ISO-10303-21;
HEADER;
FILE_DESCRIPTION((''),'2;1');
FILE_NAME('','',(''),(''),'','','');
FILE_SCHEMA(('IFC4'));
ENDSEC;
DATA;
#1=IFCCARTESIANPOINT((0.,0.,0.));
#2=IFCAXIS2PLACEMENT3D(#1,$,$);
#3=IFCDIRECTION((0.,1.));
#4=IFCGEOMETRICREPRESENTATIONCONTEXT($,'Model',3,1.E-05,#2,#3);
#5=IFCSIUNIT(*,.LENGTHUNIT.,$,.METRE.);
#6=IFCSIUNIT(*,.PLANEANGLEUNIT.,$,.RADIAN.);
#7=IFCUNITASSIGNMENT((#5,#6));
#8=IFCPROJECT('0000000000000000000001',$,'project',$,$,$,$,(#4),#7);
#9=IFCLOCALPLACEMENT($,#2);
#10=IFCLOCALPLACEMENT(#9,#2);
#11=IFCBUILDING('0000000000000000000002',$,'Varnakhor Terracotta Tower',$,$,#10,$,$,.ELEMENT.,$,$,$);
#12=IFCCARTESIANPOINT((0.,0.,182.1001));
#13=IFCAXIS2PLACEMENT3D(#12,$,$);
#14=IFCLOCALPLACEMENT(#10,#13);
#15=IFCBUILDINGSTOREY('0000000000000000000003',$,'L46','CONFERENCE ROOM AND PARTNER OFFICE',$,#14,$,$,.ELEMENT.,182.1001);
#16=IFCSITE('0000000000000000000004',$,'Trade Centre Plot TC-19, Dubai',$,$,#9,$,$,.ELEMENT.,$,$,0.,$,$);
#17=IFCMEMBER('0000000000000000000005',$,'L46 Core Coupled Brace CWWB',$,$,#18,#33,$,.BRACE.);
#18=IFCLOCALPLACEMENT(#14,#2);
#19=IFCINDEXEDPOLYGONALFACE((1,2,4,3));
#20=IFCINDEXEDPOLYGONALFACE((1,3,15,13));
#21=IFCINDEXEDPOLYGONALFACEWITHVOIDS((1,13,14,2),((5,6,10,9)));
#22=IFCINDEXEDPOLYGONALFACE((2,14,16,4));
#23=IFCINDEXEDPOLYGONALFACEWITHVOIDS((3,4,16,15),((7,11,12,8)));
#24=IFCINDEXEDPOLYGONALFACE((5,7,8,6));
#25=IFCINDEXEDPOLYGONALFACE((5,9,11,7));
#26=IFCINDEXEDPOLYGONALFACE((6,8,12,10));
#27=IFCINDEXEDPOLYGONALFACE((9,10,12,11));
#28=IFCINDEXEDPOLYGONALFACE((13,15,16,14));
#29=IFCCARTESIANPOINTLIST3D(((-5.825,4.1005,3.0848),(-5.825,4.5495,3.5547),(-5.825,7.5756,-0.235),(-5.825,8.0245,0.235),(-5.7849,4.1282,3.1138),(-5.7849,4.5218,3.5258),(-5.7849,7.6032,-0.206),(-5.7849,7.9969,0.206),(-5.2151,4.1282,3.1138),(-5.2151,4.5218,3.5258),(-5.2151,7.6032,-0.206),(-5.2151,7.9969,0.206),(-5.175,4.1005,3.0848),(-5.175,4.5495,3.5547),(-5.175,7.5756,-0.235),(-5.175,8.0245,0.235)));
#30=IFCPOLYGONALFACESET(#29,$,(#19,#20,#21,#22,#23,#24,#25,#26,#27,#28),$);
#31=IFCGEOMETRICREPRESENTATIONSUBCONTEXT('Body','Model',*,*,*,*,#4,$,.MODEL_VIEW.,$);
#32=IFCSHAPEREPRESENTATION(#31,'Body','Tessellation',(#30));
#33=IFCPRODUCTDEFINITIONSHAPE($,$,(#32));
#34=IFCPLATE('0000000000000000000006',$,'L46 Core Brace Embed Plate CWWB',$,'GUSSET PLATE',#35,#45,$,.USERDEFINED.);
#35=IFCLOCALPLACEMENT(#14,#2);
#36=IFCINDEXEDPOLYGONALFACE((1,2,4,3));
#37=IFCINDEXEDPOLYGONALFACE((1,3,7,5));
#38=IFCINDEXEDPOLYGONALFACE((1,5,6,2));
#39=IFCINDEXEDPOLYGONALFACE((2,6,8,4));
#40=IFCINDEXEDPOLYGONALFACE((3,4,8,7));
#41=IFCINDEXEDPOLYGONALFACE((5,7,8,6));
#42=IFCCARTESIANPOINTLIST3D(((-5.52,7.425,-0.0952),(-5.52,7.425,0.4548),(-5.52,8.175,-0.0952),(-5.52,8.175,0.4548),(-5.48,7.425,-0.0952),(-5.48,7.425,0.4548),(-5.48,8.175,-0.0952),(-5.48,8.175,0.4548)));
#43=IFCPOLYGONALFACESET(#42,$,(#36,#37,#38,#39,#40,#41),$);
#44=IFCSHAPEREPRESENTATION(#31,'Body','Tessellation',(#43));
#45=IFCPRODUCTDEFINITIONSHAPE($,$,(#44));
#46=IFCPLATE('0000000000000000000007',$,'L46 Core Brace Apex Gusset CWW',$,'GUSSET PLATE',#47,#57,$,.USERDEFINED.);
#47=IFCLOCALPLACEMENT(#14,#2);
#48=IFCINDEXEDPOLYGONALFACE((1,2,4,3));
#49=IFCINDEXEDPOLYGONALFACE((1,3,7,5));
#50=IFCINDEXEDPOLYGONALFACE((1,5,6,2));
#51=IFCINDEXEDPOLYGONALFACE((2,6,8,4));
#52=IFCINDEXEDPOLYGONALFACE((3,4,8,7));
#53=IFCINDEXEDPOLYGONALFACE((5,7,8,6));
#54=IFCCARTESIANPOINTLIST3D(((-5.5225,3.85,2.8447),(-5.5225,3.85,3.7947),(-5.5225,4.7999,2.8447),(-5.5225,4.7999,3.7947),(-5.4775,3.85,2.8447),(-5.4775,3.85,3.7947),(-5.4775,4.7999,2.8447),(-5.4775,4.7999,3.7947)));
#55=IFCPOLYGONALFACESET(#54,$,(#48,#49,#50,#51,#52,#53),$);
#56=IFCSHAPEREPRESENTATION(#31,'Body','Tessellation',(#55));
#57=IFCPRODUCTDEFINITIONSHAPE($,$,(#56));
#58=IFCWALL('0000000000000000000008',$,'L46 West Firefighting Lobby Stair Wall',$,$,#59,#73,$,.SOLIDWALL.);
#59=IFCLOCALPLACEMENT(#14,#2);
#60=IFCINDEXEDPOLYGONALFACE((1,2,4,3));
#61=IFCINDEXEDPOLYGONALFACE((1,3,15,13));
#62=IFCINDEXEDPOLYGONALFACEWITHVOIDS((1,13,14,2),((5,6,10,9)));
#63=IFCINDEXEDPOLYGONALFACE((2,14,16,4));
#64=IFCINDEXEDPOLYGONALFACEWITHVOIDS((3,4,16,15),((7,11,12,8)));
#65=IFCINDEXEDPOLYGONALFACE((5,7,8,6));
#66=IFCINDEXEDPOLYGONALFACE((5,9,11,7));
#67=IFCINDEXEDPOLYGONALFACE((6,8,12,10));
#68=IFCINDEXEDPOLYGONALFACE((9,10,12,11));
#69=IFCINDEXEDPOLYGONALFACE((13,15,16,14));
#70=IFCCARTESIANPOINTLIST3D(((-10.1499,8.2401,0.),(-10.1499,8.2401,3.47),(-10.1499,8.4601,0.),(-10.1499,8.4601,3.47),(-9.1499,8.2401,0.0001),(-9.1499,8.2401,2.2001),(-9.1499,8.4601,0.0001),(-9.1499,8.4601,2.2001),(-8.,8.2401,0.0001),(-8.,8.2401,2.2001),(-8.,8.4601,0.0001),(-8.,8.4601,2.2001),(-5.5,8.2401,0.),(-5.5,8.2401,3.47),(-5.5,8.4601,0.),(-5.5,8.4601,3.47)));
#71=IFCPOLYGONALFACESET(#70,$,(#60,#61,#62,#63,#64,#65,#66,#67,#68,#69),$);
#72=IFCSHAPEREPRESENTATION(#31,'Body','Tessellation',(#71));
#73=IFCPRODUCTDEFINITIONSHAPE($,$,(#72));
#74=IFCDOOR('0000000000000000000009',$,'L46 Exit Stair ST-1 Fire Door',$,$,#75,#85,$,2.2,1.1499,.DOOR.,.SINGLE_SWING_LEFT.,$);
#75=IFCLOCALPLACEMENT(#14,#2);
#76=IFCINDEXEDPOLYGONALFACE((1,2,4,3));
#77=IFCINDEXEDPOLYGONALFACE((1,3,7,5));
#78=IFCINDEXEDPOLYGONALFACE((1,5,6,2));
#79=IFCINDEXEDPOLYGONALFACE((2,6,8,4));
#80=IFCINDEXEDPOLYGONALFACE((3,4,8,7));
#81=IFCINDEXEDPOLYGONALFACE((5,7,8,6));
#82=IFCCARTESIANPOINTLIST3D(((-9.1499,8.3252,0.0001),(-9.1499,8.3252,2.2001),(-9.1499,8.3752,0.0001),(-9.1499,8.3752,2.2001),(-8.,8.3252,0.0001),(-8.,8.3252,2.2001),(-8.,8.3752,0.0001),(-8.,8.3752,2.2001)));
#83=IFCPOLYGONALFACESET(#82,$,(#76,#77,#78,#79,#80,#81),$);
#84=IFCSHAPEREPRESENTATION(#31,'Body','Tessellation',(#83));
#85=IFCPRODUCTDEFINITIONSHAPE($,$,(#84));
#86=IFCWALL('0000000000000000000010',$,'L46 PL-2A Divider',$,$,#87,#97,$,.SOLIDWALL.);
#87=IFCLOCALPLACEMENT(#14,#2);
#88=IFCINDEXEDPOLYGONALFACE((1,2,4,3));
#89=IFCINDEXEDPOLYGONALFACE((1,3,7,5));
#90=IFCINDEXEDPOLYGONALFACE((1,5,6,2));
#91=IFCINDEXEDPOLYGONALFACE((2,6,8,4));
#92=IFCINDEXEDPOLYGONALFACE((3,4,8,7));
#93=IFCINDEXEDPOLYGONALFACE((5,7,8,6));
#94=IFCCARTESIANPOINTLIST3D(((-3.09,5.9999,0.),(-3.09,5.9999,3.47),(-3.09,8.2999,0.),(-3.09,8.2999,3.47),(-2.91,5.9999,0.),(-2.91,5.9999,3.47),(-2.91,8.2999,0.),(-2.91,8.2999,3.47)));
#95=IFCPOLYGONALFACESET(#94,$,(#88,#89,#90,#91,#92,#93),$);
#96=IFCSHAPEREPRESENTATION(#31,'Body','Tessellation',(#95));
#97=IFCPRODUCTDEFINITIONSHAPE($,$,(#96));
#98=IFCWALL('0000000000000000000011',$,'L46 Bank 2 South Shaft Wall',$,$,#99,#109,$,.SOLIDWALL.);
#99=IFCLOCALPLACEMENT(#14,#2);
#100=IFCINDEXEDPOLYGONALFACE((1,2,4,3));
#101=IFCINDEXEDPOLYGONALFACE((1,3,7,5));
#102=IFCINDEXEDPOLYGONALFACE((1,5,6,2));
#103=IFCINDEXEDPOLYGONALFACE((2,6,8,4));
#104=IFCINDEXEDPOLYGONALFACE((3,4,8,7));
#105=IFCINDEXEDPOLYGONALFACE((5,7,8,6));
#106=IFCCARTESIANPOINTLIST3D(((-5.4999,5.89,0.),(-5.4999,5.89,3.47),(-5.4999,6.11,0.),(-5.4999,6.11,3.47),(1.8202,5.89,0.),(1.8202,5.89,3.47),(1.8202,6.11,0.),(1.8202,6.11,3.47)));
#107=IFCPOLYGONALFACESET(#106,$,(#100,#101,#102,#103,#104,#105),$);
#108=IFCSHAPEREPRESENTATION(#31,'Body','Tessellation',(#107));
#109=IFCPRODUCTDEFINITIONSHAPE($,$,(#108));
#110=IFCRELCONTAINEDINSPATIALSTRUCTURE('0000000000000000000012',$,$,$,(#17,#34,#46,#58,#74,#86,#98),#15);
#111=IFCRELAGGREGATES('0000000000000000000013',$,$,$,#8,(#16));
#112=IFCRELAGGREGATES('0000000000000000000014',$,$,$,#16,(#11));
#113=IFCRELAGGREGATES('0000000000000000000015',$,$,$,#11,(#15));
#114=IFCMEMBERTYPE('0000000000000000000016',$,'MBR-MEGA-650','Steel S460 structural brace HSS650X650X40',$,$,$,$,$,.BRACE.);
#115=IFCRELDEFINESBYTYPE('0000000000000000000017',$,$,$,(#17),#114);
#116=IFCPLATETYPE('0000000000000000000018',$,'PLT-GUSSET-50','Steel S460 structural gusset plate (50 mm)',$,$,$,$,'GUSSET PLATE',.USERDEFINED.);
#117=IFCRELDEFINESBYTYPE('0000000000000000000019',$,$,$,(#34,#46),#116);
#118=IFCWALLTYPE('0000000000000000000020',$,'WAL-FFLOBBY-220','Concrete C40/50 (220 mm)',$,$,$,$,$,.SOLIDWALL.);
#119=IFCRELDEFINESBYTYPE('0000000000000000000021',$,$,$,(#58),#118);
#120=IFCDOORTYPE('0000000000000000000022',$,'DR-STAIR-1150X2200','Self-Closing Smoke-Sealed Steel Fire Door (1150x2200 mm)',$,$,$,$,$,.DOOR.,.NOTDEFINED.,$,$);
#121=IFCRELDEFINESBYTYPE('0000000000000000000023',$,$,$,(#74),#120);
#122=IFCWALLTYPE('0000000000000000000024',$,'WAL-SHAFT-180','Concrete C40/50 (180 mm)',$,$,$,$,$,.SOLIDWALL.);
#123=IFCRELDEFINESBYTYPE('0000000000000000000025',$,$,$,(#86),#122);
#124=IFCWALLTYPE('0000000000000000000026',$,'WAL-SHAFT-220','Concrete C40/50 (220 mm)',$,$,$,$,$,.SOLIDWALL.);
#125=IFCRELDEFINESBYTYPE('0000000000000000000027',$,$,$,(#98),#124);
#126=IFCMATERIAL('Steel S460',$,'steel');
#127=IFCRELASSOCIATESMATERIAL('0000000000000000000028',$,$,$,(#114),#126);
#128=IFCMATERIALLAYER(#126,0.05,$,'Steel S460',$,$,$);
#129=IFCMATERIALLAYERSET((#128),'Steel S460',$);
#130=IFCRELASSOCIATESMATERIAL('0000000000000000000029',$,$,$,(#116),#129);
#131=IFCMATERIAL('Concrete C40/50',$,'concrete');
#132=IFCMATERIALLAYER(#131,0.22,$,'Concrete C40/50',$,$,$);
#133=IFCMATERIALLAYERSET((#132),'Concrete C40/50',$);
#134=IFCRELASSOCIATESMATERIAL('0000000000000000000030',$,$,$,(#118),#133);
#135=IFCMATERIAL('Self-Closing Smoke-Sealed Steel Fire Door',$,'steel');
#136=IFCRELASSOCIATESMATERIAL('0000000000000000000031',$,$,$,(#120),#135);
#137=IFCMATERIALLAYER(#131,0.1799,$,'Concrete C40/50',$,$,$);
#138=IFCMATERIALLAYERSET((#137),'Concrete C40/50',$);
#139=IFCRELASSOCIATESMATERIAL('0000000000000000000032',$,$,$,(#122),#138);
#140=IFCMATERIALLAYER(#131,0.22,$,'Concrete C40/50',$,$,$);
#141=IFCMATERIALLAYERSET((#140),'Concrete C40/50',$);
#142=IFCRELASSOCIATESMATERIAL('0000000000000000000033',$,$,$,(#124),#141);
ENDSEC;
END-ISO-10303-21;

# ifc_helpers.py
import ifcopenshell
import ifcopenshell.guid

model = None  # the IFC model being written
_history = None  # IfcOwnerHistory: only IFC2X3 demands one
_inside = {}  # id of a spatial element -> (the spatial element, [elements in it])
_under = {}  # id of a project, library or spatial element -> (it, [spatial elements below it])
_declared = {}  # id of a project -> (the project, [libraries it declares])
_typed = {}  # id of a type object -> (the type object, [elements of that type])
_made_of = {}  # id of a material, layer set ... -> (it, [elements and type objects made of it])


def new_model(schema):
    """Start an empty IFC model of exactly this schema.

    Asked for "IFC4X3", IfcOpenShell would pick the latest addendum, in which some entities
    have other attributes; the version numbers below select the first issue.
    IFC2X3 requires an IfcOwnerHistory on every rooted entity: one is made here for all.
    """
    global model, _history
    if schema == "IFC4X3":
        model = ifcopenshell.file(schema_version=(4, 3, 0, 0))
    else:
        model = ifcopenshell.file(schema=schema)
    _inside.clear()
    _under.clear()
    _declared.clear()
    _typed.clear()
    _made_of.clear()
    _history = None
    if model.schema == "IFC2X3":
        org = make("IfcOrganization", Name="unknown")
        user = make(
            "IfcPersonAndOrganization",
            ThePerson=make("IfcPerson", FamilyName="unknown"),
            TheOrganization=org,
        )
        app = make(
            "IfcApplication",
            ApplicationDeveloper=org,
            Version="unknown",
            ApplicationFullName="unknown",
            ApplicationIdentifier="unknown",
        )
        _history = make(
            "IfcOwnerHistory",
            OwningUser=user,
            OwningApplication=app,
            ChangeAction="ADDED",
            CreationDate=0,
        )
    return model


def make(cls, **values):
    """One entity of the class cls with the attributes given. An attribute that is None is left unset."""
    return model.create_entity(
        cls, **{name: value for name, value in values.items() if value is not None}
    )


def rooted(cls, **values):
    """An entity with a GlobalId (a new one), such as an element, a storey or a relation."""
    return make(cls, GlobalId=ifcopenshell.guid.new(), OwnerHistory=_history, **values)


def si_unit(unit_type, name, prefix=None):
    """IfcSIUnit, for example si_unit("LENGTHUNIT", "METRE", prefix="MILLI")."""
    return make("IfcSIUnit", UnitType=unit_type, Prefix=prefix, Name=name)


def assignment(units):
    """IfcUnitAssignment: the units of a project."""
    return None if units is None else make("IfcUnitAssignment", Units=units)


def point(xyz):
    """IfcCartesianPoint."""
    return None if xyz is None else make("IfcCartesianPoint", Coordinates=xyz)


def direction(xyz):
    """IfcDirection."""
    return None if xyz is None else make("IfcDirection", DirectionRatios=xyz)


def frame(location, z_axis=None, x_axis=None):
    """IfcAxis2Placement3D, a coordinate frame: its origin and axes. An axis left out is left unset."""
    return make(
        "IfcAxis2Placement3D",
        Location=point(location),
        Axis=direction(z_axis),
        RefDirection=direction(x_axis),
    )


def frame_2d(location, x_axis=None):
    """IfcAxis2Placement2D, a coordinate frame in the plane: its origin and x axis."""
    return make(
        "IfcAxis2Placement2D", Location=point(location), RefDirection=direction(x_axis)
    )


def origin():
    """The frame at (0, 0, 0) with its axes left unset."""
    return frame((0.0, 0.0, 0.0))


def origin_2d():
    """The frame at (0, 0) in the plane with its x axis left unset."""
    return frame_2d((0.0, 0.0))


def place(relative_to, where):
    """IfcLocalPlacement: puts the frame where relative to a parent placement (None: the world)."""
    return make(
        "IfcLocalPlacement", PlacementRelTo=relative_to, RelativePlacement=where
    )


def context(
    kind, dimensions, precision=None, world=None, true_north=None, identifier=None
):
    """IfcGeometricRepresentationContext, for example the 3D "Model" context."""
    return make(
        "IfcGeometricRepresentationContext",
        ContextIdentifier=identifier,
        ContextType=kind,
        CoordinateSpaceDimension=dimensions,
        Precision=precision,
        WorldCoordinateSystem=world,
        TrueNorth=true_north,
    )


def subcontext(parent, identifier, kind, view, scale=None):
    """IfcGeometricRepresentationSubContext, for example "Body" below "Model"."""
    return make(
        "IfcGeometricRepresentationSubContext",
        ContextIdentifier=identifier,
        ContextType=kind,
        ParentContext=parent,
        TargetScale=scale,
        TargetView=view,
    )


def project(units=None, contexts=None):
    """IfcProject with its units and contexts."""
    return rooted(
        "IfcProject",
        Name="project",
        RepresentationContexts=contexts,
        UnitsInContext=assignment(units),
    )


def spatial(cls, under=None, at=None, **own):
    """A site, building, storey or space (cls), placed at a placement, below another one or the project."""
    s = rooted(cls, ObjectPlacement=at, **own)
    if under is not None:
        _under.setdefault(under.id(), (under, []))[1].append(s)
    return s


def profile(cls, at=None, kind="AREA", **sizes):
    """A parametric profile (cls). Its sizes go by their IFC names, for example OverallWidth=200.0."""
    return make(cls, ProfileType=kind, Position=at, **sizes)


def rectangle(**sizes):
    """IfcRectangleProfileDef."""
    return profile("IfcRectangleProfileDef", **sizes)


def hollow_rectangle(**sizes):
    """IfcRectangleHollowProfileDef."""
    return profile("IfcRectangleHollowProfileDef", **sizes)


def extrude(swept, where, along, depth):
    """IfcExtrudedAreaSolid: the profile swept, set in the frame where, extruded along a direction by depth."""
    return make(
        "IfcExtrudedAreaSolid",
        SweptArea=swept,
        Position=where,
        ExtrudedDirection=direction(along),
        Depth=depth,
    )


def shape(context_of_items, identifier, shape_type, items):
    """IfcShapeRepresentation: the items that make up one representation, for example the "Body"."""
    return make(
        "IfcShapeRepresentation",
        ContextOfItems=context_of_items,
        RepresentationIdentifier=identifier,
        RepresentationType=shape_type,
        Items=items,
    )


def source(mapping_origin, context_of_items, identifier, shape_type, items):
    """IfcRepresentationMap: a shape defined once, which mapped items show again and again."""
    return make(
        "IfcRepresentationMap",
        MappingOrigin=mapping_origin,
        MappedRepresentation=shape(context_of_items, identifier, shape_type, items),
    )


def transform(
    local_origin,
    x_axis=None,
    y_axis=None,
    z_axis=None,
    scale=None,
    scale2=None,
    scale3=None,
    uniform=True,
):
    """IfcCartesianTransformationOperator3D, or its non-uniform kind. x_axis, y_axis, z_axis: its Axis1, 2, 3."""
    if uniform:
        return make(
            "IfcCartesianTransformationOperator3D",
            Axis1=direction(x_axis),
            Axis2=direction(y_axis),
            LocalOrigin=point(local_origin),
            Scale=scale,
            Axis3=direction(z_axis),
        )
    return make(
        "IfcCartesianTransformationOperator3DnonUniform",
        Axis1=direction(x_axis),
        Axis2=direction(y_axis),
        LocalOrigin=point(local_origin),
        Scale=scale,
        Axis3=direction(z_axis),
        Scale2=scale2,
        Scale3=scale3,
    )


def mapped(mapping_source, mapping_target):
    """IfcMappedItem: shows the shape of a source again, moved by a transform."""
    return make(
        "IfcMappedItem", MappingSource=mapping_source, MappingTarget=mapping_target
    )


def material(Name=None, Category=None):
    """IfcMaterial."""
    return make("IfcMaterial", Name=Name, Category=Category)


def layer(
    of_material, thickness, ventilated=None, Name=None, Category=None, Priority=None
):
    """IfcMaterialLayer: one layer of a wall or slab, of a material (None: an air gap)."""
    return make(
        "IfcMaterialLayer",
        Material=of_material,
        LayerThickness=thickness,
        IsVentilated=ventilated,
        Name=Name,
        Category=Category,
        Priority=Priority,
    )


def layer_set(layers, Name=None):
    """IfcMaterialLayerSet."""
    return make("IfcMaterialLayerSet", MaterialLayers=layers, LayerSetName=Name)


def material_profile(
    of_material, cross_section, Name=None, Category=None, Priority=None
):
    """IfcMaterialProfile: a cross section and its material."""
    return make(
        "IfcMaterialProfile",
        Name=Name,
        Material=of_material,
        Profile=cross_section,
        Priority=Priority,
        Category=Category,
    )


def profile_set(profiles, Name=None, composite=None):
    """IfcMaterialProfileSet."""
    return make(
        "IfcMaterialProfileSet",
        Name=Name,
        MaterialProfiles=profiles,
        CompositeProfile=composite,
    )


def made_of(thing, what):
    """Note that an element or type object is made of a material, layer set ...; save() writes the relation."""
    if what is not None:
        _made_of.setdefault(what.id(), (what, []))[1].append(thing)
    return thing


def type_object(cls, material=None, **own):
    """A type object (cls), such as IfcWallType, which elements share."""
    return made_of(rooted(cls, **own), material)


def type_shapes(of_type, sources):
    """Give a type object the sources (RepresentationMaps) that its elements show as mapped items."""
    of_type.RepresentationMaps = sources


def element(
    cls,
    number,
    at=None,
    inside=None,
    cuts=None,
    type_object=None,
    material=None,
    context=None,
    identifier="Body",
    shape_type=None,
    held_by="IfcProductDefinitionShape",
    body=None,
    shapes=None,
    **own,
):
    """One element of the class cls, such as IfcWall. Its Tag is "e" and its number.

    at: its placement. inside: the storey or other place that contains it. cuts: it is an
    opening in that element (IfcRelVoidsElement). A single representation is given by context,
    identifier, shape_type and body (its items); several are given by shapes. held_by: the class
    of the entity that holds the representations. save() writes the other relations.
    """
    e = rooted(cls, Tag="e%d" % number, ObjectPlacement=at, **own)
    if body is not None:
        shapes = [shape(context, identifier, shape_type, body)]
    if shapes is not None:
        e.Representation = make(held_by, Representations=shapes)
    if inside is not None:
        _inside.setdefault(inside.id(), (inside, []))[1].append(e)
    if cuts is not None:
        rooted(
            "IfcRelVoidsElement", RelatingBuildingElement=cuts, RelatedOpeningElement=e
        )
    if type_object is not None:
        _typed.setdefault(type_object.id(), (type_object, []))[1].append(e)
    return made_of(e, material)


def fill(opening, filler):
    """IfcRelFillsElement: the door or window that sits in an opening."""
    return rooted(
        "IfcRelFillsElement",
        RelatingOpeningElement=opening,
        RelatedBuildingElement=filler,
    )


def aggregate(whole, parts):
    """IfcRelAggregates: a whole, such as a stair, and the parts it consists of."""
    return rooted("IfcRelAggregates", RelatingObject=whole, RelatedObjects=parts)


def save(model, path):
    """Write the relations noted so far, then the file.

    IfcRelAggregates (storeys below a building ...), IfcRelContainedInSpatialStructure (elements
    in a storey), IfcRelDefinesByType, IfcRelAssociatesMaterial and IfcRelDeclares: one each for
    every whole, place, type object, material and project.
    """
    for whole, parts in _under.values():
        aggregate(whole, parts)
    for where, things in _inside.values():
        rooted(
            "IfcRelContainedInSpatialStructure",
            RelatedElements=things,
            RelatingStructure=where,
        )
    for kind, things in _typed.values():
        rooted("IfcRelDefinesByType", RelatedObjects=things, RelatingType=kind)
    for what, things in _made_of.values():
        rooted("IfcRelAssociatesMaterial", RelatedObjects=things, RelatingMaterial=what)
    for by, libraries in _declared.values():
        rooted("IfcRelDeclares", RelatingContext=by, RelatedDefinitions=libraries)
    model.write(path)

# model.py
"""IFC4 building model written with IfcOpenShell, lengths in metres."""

from ifc_helpers import new_model, si_unit, direction, frame, frame_2d, origin, origin_2d, place, context, subcontext, project, spatial, rectangle, hollow_rectangle, extrude, source, transform, mapped, material, layer, layer_set, material_profile, profile_set, type_object, type_shapes, element, fill, save


model = new_model("IFC4")

# Units and contexts
model_context = context("Model", 3, precision=1e-05, world=origin(), true_north=direction((0.0, 1.0)))
body_context = subcontext(model_context, "Body", "Model", "MODEL_VIEW")
ifc_project = project(units=[si_unit("LENGTHUNIT", "METRE"), si_unit("PLANEANGLEUNIT", "RADIAN")], contexts=[model_context])

# Site, building, storey
site_placement = place(None, origin())
site = spatial("IfcSite", under=ifc_project, at=site_placement, Name="Trade Centre Plot TC-19, Dubai", CompositionType="ELEMENT", RefElevation=0.0)
building_placement = place(site_placement, origin())
building = spatial("IfcBuilding", under=site, at=building_placement, Name="Varnakhor Terracotta Tower", CompositionType="ELEMENT")
storey_placement = place(building_placement, frame((0.0, 0.0, 182.1001)))
storey = spatial("IfcBuildingStorey", under=building, at=storey_placement, Name="L46", Description="CONFERENCE ROOM AND PARTNER OFFICE", CompositionType="ELEMENT", Elevation=182.1001)

# Member
ifc_material_1 = material(Name="Steel S460", Category="steel")
ifc_material_profile = material_profile(ifc_material_1, hollow_rectangle(XDim=0.6499, YDim=0.6499, WallThickness=0.04, at=origin_2d()), Name="HSS650X650X40")
ifc_profile_set = profile_set([ifc_material_profile], Name="Steel S460")
member_type = type_object("IfcMemberType", Name="MBR-MEGA-650", Description="Steel S460 structural brace HSS650X650X40", PredefinedType="BRACE", material=ifc_profile_set)
shared_shape_1 = source(origin(), body_context, "Body", "SweptSolid", [
    extrude(hollow_rectangle(XDim=0.6499, YDim=0.6499, WallThickness=0.04, at=origin_2d()), origin(), (0.0, 0.0, 1.0), 4.8059),
])
member_placement = place(storey_placement, frame((-5.5, 7.8, 0.0), z_axis=(0.0, -0.723076, 0.690768), x_axis=(1.0, 0.0, 0.0)))
element("IfcMember", 1, at=member_placement, inside=storey, type_object=member_type, Name="L46 Core Coupled Brace CWWB", PredefinedType="BRACE", context=body_context, shape_type="MappedRepresentation", body=[
    mapped(shared_shape_1, transform((0.0, 0.0, 0.0), scale=1.0)),
])

# Plates
ifc_layer_1 = layer(ifc_material_1, 0.05, Name="Steel S460")
ifc_layer_set_1 = layer_set([ifc_layer_1], Name="Steel S460")
plate_type = type_object("IfcPlateType", Name="PLT-GUSSET-50", Description="Steel S460 structural gusset plate (50 mm)", ElementType="GUSSET PLATE", PredefinedType="USERDEFINED", material=ifc_layer_set_1)
shared_shape_2 = source(origin(), body_context, "Body", "SweptSolid", [
    extrude(rectangle(XDim=0.75, YDim=0.04, at=origin_2d()), origin(), (0.0, 0.0, 1.0), 0.55),
])
type_shapes(plate_type, [shared_shape_2])
plate_1_placement = place(storey_placement, frame((-5.5, 7.8, -0.0952), z_axis=(0.0, 0.0, 1.0), x_axis=(0.0, 1.0, 0.0)))
element("IfcPlate", 2, at=plate_1_placement, inside=storey, type_object=plate_type, Name="L46 Core Brace Embed Plate CWWB", ObjectType="GUSSET PLATE", PredefinedType="USERDEFINED", context=body_context, shape_type="MappedRepresentation", body=[
    mapped(shared_shape_2, transform((0.0, 0.0, 0.0), scale=1.0)),
])
shared_shape_3 = source(origin(), body_context, "Body", "SweptSolid", [
    extrude(rectangle(XDim=0.95, YDim=0.0449, at=origin_2d()), origin(), (0.0, 0.0, 1.0), 0.95),
])
plate_2_placement = place(storey_placement, frame((-5.5, 4.325, 2.8447), z_axis=(0.0, 0.0, 1.0), x_axis=(0.0, 1.0, 0.0)))
element("IfcPlate", 3, at=plate_2_placement, inside=storey, type_object=plate_type, Name="L46 Core Brace Apex Gusset CWW", ObjectType="GUSSET PLATE", PredefinedType="USERDEFINED", context=body_context, shape_type="MappedRepresentation", body=[
    mapped(shared_shape_3, transform((0.0, 0.0, 0.0), scale=1.0)),
])

# Wall, opening, door
ifc_material_2 = material(Name="Concrete C40/50", Category="concrete")
ifc_layer_2 = layer(ifc_material_2, 0.22, Name="Concrete C40/50")
ifc_layer_set_2 = layer_set([ifc_layer_2], Name="Concrete C40/50")
wall_type_1 = type_object("IfcWallType", Name="WAL-FFLOBBY-220", Description="Concrete C40/50 (220 mm)", PredefinedType="SOLIDWALL", material=ifc_layer_set_2)
wall_1_placement = place(storey_placement, frame((-5.5, 8.3501, 0.0), z_axis=(0.0, 0.0, 1.0), x_axis=(-1.0, 0.0, 0.0)))
wall_1 = element("IfcWall", 4, at=wall_1_placement, inside=storey, type_object=wall_type_1, Name="L46 West Firefighting Lobby Stair Wall", PredefinedType="SOLIDWALL", context=body_context, shape_type="SweptSolid", body=[
    extrude(rectangle(XDim=4.6499, YDim=0.22, at=frame_2d((2.325, 0.0))), origin(), (0.0, 0.0, 1.0), 3.47),
])
opening_1_placement = place(wall_1_placement, frame((2.5, 0.0, 0.0)))
opening_1 = element("IfcOpeningElement", 5, at=opening_1_placement, cuts=wall_1, PredefinedType="OPENING", context=body_context, shape_type="SweptSolid", body=[
    extrude(rectangle(XDim=1.1499, YDim=2.2, at=frame_2d((0.575, 1.1001))), frame((0.0, 0.1201, 0.0), z_axis=(0.0, -1.0, 0.0), x_axis=(1.0, 0.0, 0.0)), (0.0, 0.0, 1.0), 0.24),
])
ifc_material_3 = material(Name="Self-Closing Smoke-Sealed Steel Fire Door", Category="steel")
door_type_1 = type_object("IfcDoorType", Name="DR-STAIR-1150X2200", Description="Self-Closing Smoke-Sealed Steel Fire Door (1150x2200 mm)", OperationType="NOTDEFINED", PredefinedType="DOOR", material=ifc_material_3)
shared_shape_4 = source(origin(), body_context, "Body", "SweptSolid", [
    extrude(rectangle(XDim=1.1499, YDim=2.2, at=frame_2d((0.575, 1.1001))), frame((0.0, 0.0249, 0.0), z_axis=(0.0, -1.0, 0.0), x_axis=(1.0, 0.0, 0.0)), (0.0, 0.0, 1.0), 0.05),
])
type_shapes(door_type_1, [shared_shape_4])
door_1_placement = place(opening_1_placement, origin())
door_1 = element("IfcDoor", 6, at=door_1_placement, inside=storey, type_object=door_type_1, Name="L46 Exit Stair ST-1 Fire Door", OperationType="SINGLE_SWING_LEFT", OverallHeight=2.2, OverallWidth=1.1499, PredefinedType="DOOR", context=body_context, shape_type="MappedRepresentation", body=[
    mapped(shared_shape_4, transform((0.0, 0.0, 0.0), scale=1.0)),
])
fill(opening_1, door_1)

# Walls
ifc_layer_3 = layer(ifc_material_2, 0.1799, Name="Concrete C40/50")
ifc_layer_set_3 = layer_set([ifc_layer_3], Name="Concrete C40/50")
wall_type_2 = type_object("IfcWallType", Name="WAL-SHAFT-180", Description="Concrete C40/50 (180 mm)", PredefinedType="SOLIDWALL", material=ifc_layer_set_3)
wall_2_placement = place(storey_placement, frame((-3.0, 6.0, 0.0), z_axis=(0.0, 0.0, 1.0), x_axis=(0.0, 1.0, 0.0)))
element("IfcWall", 7, at=wall_2_placement, inside=storey, type_object=wall_type_2, Name="L46 PL-2A Divider", PredefinedType="SOLIDWALL", context=body_context, shape_type="SweptSolid", body=[
    extrude(rectangle(XDim=2.3, YDim=0.1799, at=frame_2d((1.1499, 0.0))), origin(), (0.0, 0.0, 1.0), 3.47),
])
ifc_layer_4 = layer(ifc_material_2, 0.22, Name="Concrete C40/50")
ifc_layer_set_4 = layer_set([ifc_layer_4], Name="Concrete C40/50")
wall_type_3 = type_object("IfcWallType", Name="WAL-SHAFT-220", Description="Concrete C40/50 (220 mm)", PredefinedType="SOLIDWALL", material=ifc_layer_set_4)
wall_3_placement = place(storey_placement, frame((-5.5, 6.0, 0.0), z_axis=(0.0, 0.0, 1.0), x_axis=(1.0, 0.0, 0.0)))
element("IfcWall", 8, at=wall_3_placement, inside=storey, type_object=wall_type_3, Name="L46 Bank 2 South Shaft Wall", PredefinedType="SOLIDWALL", context=body_context, shape_type="SweptSolid", body=[
    extrude(rectangle(XDim=7.3201, YDim=0.22, at=frame_2d((3.6602, 0.0))), origin(), (0.0, 0.0, 1.0), 3.47),
])

save(model, "model.ifc")
